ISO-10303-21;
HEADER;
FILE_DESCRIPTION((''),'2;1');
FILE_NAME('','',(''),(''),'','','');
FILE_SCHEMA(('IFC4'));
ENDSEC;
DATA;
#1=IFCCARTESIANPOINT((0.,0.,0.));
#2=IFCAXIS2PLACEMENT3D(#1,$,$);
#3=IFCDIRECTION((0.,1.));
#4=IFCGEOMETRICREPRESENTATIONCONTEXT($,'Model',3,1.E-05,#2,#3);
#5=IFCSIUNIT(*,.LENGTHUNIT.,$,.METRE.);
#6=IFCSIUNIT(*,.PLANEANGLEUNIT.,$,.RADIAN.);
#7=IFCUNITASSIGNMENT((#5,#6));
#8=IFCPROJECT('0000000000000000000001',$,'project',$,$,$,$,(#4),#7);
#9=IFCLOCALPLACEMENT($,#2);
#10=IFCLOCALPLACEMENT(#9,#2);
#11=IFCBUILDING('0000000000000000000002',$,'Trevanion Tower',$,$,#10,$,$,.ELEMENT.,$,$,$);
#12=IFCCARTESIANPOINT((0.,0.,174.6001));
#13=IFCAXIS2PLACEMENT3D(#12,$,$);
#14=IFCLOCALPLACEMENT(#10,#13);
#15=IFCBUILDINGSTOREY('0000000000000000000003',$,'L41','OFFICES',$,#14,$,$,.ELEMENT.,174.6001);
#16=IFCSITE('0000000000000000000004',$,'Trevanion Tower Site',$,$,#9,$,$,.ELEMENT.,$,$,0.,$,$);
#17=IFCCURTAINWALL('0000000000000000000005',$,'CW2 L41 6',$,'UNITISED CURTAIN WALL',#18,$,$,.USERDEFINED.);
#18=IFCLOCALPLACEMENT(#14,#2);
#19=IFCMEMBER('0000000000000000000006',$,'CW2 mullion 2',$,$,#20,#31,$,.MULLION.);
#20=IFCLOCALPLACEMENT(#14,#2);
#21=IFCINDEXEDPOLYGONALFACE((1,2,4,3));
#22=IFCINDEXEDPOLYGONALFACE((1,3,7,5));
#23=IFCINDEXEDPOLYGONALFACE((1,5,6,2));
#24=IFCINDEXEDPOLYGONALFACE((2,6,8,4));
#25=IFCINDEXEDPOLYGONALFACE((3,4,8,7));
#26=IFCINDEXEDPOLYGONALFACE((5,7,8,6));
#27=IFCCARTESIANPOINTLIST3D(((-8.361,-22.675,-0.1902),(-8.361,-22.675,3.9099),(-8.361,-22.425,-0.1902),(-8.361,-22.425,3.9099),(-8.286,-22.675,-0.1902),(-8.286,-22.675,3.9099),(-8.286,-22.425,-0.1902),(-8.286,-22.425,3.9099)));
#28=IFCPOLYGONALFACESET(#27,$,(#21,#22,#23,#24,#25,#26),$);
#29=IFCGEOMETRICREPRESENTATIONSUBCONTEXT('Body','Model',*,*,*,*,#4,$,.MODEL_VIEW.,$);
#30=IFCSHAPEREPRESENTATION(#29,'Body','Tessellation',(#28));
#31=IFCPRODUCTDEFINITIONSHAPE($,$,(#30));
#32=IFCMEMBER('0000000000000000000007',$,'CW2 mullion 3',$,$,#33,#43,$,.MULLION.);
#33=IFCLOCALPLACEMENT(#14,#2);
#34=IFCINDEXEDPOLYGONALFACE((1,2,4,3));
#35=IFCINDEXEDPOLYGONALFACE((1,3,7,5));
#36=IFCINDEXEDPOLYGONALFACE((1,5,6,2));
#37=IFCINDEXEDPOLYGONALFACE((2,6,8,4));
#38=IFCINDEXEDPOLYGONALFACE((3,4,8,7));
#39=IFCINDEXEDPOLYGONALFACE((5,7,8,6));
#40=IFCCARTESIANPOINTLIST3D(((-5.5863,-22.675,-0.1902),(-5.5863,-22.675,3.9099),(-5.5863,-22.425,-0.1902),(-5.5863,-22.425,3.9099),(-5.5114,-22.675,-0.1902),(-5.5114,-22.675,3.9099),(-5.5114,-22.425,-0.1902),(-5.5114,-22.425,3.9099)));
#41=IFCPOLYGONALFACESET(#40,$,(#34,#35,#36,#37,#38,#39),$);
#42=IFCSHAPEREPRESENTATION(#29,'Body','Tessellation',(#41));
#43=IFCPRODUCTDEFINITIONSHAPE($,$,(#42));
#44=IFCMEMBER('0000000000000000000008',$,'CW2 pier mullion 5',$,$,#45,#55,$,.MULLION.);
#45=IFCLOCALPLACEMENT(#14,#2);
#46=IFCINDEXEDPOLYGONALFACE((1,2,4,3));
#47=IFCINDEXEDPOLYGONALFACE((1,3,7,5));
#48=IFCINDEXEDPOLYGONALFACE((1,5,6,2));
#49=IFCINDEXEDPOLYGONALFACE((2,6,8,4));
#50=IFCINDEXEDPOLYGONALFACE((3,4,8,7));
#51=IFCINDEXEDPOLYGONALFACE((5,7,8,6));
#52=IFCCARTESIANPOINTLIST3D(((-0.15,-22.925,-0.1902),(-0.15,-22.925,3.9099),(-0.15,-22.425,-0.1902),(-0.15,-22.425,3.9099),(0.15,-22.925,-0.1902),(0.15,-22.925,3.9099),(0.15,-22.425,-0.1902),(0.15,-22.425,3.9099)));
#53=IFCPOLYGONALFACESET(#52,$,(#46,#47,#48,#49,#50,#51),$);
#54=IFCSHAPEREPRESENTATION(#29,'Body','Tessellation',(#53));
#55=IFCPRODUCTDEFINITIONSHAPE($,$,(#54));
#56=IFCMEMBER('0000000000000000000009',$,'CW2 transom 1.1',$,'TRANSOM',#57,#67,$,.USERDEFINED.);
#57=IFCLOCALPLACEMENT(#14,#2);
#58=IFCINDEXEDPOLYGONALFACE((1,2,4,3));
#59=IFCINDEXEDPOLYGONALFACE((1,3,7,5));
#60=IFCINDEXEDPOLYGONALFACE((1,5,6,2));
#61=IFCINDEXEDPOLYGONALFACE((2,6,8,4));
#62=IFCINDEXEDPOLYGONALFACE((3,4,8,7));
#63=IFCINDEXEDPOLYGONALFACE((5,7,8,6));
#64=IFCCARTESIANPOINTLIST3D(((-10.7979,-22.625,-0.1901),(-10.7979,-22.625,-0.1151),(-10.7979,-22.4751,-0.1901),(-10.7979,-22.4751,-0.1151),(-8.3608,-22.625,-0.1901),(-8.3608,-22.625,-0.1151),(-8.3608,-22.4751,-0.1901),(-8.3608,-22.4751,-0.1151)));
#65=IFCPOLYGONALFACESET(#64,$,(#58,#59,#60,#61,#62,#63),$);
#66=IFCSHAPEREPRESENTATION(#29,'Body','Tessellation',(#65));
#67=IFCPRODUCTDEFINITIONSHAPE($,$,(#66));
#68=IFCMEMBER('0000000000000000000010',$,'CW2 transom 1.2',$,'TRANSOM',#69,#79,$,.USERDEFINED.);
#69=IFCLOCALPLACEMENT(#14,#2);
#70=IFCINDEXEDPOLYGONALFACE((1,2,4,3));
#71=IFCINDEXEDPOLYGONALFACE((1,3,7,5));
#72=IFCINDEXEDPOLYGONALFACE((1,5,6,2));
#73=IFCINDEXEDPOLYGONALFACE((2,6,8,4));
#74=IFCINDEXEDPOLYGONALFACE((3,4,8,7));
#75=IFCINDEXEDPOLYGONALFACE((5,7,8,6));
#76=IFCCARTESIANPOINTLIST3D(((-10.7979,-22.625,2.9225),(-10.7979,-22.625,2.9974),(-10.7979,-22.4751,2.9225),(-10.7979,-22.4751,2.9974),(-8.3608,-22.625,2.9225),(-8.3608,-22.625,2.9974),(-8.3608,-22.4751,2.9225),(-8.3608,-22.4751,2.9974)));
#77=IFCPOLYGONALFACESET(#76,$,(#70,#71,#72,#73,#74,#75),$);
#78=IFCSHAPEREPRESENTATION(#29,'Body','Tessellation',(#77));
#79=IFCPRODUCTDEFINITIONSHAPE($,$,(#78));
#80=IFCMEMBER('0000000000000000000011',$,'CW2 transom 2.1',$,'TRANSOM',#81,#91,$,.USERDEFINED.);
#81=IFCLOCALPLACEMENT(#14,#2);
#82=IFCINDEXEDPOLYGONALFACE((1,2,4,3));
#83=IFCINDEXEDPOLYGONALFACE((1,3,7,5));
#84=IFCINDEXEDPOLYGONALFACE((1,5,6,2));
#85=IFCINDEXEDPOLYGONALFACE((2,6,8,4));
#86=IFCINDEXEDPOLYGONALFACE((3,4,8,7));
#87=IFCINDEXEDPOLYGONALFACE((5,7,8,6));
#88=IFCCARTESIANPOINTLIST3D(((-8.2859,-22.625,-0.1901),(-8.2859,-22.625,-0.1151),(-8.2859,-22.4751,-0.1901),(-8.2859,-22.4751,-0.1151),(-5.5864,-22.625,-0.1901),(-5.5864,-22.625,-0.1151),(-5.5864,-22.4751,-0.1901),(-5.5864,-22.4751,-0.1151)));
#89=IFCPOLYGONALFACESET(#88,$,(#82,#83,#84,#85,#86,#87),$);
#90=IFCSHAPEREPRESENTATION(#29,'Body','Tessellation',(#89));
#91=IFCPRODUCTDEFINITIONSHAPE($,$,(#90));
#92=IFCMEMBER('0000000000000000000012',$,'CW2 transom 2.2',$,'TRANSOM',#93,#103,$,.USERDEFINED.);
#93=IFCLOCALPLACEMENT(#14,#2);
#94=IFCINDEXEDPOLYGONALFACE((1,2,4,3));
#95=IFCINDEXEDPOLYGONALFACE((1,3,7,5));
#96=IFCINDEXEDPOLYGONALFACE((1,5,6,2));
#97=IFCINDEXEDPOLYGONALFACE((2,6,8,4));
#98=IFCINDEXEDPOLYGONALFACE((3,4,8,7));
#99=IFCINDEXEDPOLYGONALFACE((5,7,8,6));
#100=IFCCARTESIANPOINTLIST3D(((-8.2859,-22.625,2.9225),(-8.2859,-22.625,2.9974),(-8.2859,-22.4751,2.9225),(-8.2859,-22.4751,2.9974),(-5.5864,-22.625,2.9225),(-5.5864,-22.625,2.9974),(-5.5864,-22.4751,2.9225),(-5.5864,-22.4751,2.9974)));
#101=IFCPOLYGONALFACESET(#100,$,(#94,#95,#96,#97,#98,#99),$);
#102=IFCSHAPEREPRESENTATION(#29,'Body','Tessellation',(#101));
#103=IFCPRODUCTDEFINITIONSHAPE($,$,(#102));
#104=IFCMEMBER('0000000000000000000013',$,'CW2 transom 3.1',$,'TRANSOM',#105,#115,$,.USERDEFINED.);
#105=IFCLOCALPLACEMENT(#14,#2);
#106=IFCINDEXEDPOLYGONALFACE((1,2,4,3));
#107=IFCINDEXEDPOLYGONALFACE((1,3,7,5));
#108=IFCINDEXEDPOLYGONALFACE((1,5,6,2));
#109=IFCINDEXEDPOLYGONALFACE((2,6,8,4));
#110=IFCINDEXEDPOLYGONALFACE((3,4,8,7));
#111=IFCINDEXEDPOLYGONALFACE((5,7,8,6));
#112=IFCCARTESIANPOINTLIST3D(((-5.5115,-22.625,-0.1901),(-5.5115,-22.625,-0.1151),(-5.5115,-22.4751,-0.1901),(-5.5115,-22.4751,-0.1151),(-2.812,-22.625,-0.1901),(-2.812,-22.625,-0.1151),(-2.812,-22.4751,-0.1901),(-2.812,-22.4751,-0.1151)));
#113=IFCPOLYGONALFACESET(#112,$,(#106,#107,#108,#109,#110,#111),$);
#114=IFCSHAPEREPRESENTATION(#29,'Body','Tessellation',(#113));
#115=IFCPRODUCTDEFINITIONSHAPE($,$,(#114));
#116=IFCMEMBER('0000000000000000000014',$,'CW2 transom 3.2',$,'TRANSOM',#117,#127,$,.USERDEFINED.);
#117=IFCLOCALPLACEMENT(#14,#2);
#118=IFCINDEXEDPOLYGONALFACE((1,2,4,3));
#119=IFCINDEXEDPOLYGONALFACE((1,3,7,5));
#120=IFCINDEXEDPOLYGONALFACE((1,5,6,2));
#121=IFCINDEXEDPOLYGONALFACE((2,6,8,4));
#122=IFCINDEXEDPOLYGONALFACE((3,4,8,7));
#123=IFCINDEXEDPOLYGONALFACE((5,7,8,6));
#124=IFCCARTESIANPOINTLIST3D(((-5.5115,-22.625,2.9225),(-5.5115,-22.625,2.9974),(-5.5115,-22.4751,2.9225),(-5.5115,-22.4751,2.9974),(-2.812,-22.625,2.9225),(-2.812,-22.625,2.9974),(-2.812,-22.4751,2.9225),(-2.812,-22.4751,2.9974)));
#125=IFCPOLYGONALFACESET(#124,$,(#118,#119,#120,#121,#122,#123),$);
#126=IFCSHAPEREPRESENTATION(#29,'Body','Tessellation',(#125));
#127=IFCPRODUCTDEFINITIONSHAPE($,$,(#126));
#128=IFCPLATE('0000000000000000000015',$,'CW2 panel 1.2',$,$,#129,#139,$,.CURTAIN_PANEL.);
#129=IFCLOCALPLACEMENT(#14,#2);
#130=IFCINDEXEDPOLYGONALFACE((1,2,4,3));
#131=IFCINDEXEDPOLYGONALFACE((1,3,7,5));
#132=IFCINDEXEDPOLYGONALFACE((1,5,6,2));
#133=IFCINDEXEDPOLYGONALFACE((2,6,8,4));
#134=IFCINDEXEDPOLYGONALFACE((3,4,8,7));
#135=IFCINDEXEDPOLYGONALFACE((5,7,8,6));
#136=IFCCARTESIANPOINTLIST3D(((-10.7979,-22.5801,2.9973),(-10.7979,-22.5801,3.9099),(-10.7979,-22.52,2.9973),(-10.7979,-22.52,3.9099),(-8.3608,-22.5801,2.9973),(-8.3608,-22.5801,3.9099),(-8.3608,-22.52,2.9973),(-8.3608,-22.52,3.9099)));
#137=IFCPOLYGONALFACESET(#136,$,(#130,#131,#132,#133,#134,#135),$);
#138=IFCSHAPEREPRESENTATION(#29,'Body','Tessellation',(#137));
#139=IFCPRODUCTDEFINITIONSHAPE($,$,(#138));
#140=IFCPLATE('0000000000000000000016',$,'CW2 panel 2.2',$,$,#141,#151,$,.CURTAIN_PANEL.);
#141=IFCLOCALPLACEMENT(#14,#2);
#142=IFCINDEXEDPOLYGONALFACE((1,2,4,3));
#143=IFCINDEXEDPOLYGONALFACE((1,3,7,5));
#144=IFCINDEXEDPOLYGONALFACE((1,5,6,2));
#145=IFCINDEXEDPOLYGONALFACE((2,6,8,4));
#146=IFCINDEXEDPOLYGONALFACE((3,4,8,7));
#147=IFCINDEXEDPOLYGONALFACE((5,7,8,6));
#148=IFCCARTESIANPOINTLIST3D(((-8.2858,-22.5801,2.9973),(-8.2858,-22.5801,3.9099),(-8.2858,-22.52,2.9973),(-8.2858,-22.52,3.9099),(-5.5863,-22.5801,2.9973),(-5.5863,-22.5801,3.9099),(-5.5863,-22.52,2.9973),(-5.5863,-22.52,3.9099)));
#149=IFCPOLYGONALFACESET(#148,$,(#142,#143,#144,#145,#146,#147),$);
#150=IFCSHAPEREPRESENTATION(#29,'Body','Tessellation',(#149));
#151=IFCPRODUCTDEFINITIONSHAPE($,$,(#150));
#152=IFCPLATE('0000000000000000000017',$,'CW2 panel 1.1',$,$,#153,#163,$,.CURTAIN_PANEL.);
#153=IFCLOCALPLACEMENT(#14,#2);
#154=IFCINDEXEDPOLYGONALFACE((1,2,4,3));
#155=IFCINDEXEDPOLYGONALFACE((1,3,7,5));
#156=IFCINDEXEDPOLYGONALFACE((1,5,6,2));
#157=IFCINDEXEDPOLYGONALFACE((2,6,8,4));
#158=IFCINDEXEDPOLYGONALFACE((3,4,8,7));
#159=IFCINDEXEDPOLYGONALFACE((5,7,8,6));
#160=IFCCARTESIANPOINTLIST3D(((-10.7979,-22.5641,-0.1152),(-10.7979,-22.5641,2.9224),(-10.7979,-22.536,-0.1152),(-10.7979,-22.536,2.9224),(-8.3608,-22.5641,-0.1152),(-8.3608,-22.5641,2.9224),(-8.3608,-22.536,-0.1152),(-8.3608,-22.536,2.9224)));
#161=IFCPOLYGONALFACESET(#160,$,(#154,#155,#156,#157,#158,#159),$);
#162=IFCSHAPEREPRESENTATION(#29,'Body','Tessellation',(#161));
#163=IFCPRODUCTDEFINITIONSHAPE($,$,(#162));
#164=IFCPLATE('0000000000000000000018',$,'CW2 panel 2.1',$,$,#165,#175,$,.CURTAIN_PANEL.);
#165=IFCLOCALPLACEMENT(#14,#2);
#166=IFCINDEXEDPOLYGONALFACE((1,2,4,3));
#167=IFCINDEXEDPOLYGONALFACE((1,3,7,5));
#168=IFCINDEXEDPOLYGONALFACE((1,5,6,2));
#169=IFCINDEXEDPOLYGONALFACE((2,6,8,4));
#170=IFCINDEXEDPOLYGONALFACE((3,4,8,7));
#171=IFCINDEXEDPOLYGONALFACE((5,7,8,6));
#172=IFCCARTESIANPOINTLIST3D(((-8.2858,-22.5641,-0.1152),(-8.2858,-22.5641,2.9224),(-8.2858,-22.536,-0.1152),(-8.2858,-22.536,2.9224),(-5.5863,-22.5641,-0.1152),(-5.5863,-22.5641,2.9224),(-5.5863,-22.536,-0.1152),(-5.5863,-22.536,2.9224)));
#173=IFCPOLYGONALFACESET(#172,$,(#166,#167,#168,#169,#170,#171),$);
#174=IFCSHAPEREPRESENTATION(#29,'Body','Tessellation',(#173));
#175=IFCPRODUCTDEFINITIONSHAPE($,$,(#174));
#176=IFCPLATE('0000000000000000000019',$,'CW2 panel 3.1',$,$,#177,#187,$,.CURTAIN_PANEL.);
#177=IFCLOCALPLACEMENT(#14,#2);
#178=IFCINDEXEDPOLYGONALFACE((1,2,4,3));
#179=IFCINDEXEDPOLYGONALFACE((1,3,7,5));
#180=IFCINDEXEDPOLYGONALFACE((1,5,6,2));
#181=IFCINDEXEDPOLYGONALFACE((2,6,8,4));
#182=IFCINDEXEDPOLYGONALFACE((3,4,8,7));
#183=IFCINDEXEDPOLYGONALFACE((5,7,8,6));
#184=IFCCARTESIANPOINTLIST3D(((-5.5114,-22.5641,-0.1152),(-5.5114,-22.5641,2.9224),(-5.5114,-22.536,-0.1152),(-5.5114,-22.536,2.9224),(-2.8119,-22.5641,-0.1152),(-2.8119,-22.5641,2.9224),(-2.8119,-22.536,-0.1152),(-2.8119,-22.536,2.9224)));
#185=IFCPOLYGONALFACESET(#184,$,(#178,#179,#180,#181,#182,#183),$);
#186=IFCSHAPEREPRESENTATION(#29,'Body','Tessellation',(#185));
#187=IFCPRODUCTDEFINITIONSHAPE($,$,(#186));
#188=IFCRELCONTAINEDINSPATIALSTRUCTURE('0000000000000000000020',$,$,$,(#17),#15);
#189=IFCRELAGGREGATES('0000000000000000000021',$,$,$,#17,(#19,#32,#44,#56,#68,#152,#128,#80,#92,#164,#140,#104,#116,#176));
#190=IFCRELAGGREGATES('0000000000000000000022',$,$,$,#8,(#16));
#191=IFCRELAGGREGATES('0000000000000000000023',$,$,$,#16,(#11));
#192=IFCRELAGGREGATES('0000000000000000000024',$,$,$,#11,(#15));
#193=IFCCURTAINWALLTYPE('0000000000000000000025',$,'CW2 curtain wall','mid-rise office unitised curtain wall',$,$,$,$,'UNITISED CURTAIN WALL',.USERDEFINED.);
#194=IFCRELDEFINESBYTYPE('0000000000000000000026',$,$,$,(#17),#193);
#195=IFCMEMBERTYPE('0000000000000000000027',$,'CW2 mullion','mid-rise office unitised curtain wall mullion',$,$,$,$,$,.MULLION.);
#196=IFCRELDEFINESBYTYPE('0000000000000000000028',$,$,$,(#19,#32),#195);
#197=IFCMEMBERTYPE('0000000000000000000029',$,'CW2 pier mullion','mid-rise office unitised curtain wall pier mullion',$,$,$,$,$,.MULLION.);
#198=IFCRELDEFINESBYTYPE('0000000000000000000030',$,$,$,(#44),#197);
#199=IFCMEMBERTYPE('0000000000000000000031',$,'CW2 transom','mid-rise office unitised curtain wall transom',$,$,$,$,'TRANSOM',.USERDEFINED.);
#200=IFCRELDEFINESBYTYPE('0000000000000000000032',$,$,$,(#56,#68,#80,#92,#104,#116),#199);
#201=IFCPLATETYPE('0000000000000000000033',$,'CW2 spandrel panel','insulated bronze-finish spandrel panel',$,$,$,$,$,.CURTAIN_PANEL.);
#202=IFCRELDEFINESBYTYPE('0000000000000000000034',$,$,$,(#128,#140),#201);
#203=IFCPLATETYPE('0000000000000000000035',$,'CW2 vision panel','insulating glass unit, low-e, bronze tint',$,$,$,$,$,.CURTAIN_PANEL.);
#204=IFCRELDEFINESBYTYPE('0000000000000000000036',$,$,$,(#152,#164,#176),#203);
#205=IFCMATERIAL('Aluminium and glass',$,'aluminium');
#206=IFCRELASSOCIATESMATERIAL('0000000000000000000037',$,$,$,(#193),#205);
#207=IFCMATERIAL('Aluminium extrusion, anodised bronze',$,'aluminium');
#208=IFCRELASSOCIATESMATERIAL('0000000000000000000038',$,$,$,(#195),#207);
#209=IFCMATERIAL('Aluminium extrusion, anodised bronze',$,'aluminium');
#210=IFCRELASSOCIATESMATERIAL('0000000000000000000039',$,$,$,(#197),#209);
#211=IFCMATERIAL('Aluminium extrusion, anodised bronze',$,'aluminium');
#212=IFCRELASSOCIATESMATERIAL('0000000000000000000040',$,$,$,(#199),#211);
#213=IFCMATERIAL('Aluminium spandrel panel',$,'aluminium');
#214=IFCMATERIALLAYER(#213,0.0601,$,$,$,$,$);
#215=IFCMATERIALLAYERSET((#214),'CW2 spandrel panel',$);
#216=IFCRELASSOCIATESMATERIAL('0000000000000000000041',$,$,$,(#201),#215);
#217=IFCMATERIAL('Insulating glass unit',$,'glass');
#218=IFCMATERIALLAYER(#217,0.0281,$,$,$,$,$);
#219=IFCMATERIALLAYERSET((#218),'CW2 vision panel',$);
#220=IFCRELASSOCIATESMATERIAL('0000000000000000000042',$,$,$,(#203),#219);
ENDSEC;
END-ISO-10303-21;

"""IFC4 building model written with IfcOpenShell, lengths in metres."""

from ifc_helpers import new_model, si_unit, direction, frame, origin, origin_2d, place, context, subcontext, project, spatial, rectangle, extrude, material, layer, layer_set, material_profile, profile_set, type_object, element, aggregate, save


model = new_model("IFC4")

# Units and contexts
model_context = context("Model", 3, precision=1e-05, world=origin(), true_north=direction((0.0, 1.0)))
body_context = subcontext(model_context, "Body", "Model", "MODEL_VIEW")
ifc_project = project(units=[si_unit("LENGTHUNIT", "METRE"), si_unit("PLANEANGLEUNIT", "RADIAN")], contexts=[model_context])

# Site, building, storey
site_placement = place(None, origin())
site = spatial("IfcSite", under=ifc_project, at=site_placement, Name="Trevanion Tower Site", CompositionType="ELEMENT", RefElevation=0.0)
building_placement = place(site_placement, origin())
building = spatial("IfcBuilding", under=site, at=building_placement, Name="Trevanion Tower", CompositionType="ELEMENT")
storey_placement = place(building_placement, frame((0.0, 0.0, 174.6001)))
storey = spatial("IfcBuildingStorey", under=building, at=storey_placement, Name="L41", Description="OFFICES", CompositionType="ELEMENT", Elevation=174.6001)

# Curtain wall, members, plates
ifc_material_1 = material(Name="Aluminium and glass", Category="aluminium")
curtain_wall_type = type_object("IfcCurtainWallType", Name="CW2 curtain wall", Description="mid-rise office unitised curtain wall", ElementType="UNITISED CURTAIN WALL", PredefinedType="USERDEFINED", material=ifc_material_1)
curtain_wall_placement = place(storey_placement, origin())
curtain_wall = element("IfcCurtainWall", 1, at=curtain_wall_placement, inside=storey, type_object=curtain_wall_type, Name="CW2 L41 6", ObjectType="UNITISED CURTAIN WALL", PredefinedType="USERDEFINED")
ifc_material_2 = material(Name="Aluminium extrusion, anodised bronze", Category="aluminium")
ifc_material_profile_1 = material_profile(ifc_material_2, rectangle(XDim=0.075, YDim=0.25, at=origin_2d()), Name="CW2 mullion")
ifc_profile_set_1 = profile_set([ifc_material_profile_1], Name="Aluminium extrusion, anodised bronze")
member_type_1 = type_object("IfcMemberType", Name="CW2 mullion", Description="mid-rise office unitised curtain wall mullion", PredefinedType="MULLION", material=ifc_profile_set_1)
member_1_placement = place(storey_placement, frame((-8.3235, -22.55, -0.1902), z_axis=(0.0, 0.0, 1.0), x_axis=(1.0, 0.0, 0.0)))
member_1 = element("IfcMember", 2, at=member_1_placement, type_object=member_type_1, Name="CW2 mullion 2", PredefinedType="MULLION", context=body_context, shape_type="SweptSolid", body=[
    extrude(rectangle(XDim=0.075, YDim=0.25, at=origin_2d()), origin(), (0.0, 0.0, 1.0), 4.1001),
])
member_2_placement = place(storey_placement, frame((-5.5488, -22.55, -0.1902), z_axis=(0.0, 0.0, 1.0), x_axis=(1.0, 0.0, 0.0)))
member_2 = element("IfcMember", 3, at=member_2_placement, type_object=member_type_1, Name="CW2 mullion 3", PredefinedType="MULLION", context=body_context, shape_type="SweptSolid", body=[
    extrude(rectangle(XDim=0.075, YDim=0.25, at=origin_2d()), origin(), (0.0, 0.0, 1.0), 4.1001),
])
ifc_material_3 = material(Name="Aluminium extrusion, anodised bronze", Category="aluminium")
ifc_material_profile_2 = material_profile(ifc_material_3, rectangle(XDim=0.3, YDim=0.5, at=origin_2d()), Name="CW2 pier mullion")
ifc_profile_set_2 = profile_set([ifc_material_profile_2], Name="Aluminium extrusion, anodised bronze")
member_type_2 = type_object("IfcMemberType", Name="CW2 pier mullion", Description="mid-rise office unitised curtain wall pier mullion", PredefinedType="MULLION", material=ifc_profile_set_2)
member_3_placement = place(storey_placement, frame((0.0, -22.675, -0.1902), z_axis=(0.0, 0.0, 1.0), x_axis=(1.0, 0.0, 0.0)))
member_3 = element("IfcMember", 4, at=member_3_placement, type_object=member_type_2, Name="CW2 pier mullion 5", PredefinedType="MULLION", context=body_context, shape_type="SweptSolid", body=[
    extrude(rectangle(XDim=0.3, YDim=0.5, at=origin_2d()), origin(), (0.0, 0.0, 1.0), 4.1001),
])
ifc_material_4 = material(Name="Aluminium extrusion, anodised bronze", Category="aluminium")
ifc_material_profile_3 = material_profile(ifc_material_4, rectangle(XDim=0.1499, YDim=0.075, at=origin_2d()), Name="CW2 transom")
ifc_profile_set_3 = profile_set([ifc_material_profile_3], Name="Aluminium extrusion, anodised bronze")
member_type_3 = type_object("IfcMemberType", Name="CW2 transom", Description="mid-rise office unitised curtain wall transom", ElementType="TRANSOM", PredefinedType="USERDEFINED", material=ifc_profile_set_3)
member_4_placement = place(storey_placement, frame((-10.7979, -22.55, -0.1526), z_axis=(1.0, 0.0, 0.0), x_axis=(0.0, 1.0, 0.0)))
member_4 = element("IfcMember", 5, at=member_4_placement, type_object=member_type_3, Name="CW2 transom 1.1", ObjectType="TRANSOM", PredefinedType="USERDEFINED", context=body_context, shape_type="SweptSolid", body=[
    extrude(rectangle(XDim=0.1499, YDim=0.075, at=origin_2d()), origin(), (0.0, 0.0, 1.0), 2.437),
])
member_5_placement = place(storey_placement, frame((-10.7979, -22.55, 2.96), z_axis=(1.0, 0.0, 0.0), x_axis=(0.0, 1.0, 0.0)))
member_5 = element("IfcMember", 6, at=member_5_placement, type_object=member_type_3, Name="CW2 transom 1.2", ObjectType="TRANSOM", PredefinedType="USERDEFINED", context=body_context, shape_type="SweptSolid", body=[
    extrude(rectangle(XDim=0.1499, YDim=0.075, at=origin_2d()), origin(), (0.0, 0.0, 1.0), 2.437),
])
member_6_placement = place(storey_placement, frame((-8.2859, -22.55, -0.1526), z_axis=(1.0, 0.0, 0.0), x_axis=(0.0, 1.0, 0.0)))
member_6 = element("IfcMember", 7, at=member_6_placement, type_object=member_type_3, Name="CW2 transom 2.1", ObjectType="TRANSOM", PredefinedType="USERDEFINED", context=body_context, shape_type="SweptSolid", body=[
    extrude(rectangle(XDim=0.1499, YDim=0.075, at=origin_2d()), origin(), (0.0, 0.0, 1.0), 2.6995),
])
member_7_placement = place(storey_placement, frame((-8.2859, -22.55, 2.96), z_axis=(1.0, 0.0, 0.0), x_axis=(0.0, 1.0, 0.0)))
member_7 = element("IfcMember", 8, at=member_7_placement, type_object=member_type_3, Name="CW2 transom 2.2", ObjectType="TRANSOM", PredefinedType="USERDEFINED", context=body_context, shape_type="SweptSolid", body=[
    extrude(rectangle(XDim=0.1499, YDim=0.075, at=origin_2d()), origin(), (0.0, 0.0, 1.0), 2.6995),
])
member_8_placement = place(storey_placement, frame((-5.5115, -22.55, -0.1526), z_axis=(1.0, 0.0, 0.0), x_axis=(0.0, 1.0, 0.0)))
member_8 = element("IfcMember", 9, at=member_8_placement, type_object=member_type_3, Name="CW2 transom 3.1", ObjectType="TRANSOM", PredefinedType="USERDEFINED", context=body_context, shape_type="SweptSolid", body=[
    extrude(rectangle(XDim=0.1499, YDim=0.075, at=origin_2d()), origin(), (0.0, 0.0, 1.0), 2.6995),
])
member_9_placement = place(storey_placement, frame((-5.5115, -22.55, 2.96), z_axis=(1.0, 0.0, 0.0), x_axis=(0.0, 1.0, 0.0)))
member_9 = element("IfcMember", 10, at=member_9_placement, type_object=member_type_3, Name="CW2 transom 3.2", ObjectType="TRANSOM", PredefinedType="USERDEFINED", context=body_context, shape_type="SweptSolid", body=[
    extrude(rectangle(XDim=0.1499, YDim=0.075, at=origin_2d()), origin(), (0.0, 0.0, 1.0), 2.6995),
])
ifc_material_5 = material(Name="Aluminium spandrel panel", Category="aluminium")
ifc_layer_1 = layer(ifc_material_5, 0.0601)
ifc_layer_set_1 = layer_set([ifc_layer_1], Name="CW2 spandrel panel")
plate_type_1 = type_object("IfcPlateType", Name="CW2 spandrel panel", Description="insulated bronze-finish spandrel panel", PredefinedType="CURTAIN_PANEL", material=ifc_layer_set_1)
plate_1_placement = place(storey_placement, frame((-9.5793, -22.55, 2.9973), z_axis=(0.0, 0.0, 1.0), x_axis=(1.0, 0.0, 0.0)))
plate_1 = element("IfcPlate", 11, at=plate_1_placement, type_object=plate_type_1, Name="CW2 panel 1.2", PredefinedType="CURTAIN_PANEL", context=body_context, shape_type="SweptSolid", body=[
    extrude(rectangle(XDim=2.437, YDim=0.0601, at=origin_2d()), origin(), (0.0, 0.0, 1.0), 0.9126),
])
plate_2_placement = place(storey_placement, frame((-6.936, -22.55, 2.9973), z_axis=(0.0, 0.0, 1.0), x_axis=(1.0, 0.0, 0.0)))
plate_2 = element("IfcPlate", 12, at=plate_2_placement, type_object=plate_type_1, Name="CW2 panel 2.2", PredefinedType="CURTAIN_PANEL", context=body_context, shape_type="SweptSolid", body=[
    extrude(rectangle(XDim=2.6995, YDim=0.0601, at=origin_2d()), origin(), (0.0, 0.0, 1.0), 0.9126),
])
ifc_material_6 = material(Name="Insulating glass unit", Category="glass")
ifc_layer_2 = layer(ifc_material_6, 0.0281)
ifc_layer_set_2 = layer_set([ifc_layer_2], Name="CW2 vision panel")
plate_type_2 = type_object("IfcPlateType", Name="CW2 vision panel", Description="insulating glass unit, low-e, bronze tint", PredefinedType="CURTAIN_PANEL", material=ifc_layer_set_2)
plate_3_placement = place(storey_placement, frame((-9.5793, -22.55, -0.1152), z_axis=(0.0, 0.0, 1.0), x_axis=(1.0, 0.0, 0.0)))
plate_3 = element("IfcPlate", 13, at=plate_3_placement, type_object=plate_type_2, Name="CW2 panel 1.1", PredefinedType="CURTAIN_PANEL", context=body_context, shape_type="SweptSolid", body=[
    extrude(rectangle(XDim=2.437, YDim=0.0281, at=origin_2d()), origin(), (0.0, 0.0, 1.0), 3.0376),
])
plate_4_placement = place(storey_placement, frame((-6.936, -22.55, -0.1152), z_axis=(0.0, 0.0, 1.0), x_axis=(1.0, 0.0, 0.0)))
plate_4 = element("IfcPlate", 14, at=plate_4_placement, type_object=plate_type_2, Name="CW2 panel 2.1", PredefinedType="CURTAIN_PANEL", context=body_context, shape_type="SweptSolid", body=[
    extrude(rectangle(XDim=2.6995, YDim=0.0281, at=origin_2d()), origin(), (0.0, 0.0, 1.0), 3.0376),
])
plate_5_placement = place(storey_placement, frame((-4.1616, -22.55, -0.1152), z_axis=(0.0, 0.0, 1.0), x_axis=(1.0, 0.0, 0.0)))
plate_5 = element("IfcPlate", 15, at=plate_5_placement, type_object=plate_type_2, Name="CW2 panel 3.1", PredefinedType="CURTAIN_PANEL", context=body_context, shape_type="SweptSolid", body=[
    extrude(rectangle(XDim=2.6995, YDim=0.0281, at=origin_2d()), origin(), (0.0, 0.0, 1.0), 3.0376),
])
aggregate(curtain_wall, [member_1, member_2, member_3, member_4, member_5, plate_3, plate_1, member_6, member_7, plate_4, plate_2, member_8, member_9, plate_5])

save(model, "model.ifc")
